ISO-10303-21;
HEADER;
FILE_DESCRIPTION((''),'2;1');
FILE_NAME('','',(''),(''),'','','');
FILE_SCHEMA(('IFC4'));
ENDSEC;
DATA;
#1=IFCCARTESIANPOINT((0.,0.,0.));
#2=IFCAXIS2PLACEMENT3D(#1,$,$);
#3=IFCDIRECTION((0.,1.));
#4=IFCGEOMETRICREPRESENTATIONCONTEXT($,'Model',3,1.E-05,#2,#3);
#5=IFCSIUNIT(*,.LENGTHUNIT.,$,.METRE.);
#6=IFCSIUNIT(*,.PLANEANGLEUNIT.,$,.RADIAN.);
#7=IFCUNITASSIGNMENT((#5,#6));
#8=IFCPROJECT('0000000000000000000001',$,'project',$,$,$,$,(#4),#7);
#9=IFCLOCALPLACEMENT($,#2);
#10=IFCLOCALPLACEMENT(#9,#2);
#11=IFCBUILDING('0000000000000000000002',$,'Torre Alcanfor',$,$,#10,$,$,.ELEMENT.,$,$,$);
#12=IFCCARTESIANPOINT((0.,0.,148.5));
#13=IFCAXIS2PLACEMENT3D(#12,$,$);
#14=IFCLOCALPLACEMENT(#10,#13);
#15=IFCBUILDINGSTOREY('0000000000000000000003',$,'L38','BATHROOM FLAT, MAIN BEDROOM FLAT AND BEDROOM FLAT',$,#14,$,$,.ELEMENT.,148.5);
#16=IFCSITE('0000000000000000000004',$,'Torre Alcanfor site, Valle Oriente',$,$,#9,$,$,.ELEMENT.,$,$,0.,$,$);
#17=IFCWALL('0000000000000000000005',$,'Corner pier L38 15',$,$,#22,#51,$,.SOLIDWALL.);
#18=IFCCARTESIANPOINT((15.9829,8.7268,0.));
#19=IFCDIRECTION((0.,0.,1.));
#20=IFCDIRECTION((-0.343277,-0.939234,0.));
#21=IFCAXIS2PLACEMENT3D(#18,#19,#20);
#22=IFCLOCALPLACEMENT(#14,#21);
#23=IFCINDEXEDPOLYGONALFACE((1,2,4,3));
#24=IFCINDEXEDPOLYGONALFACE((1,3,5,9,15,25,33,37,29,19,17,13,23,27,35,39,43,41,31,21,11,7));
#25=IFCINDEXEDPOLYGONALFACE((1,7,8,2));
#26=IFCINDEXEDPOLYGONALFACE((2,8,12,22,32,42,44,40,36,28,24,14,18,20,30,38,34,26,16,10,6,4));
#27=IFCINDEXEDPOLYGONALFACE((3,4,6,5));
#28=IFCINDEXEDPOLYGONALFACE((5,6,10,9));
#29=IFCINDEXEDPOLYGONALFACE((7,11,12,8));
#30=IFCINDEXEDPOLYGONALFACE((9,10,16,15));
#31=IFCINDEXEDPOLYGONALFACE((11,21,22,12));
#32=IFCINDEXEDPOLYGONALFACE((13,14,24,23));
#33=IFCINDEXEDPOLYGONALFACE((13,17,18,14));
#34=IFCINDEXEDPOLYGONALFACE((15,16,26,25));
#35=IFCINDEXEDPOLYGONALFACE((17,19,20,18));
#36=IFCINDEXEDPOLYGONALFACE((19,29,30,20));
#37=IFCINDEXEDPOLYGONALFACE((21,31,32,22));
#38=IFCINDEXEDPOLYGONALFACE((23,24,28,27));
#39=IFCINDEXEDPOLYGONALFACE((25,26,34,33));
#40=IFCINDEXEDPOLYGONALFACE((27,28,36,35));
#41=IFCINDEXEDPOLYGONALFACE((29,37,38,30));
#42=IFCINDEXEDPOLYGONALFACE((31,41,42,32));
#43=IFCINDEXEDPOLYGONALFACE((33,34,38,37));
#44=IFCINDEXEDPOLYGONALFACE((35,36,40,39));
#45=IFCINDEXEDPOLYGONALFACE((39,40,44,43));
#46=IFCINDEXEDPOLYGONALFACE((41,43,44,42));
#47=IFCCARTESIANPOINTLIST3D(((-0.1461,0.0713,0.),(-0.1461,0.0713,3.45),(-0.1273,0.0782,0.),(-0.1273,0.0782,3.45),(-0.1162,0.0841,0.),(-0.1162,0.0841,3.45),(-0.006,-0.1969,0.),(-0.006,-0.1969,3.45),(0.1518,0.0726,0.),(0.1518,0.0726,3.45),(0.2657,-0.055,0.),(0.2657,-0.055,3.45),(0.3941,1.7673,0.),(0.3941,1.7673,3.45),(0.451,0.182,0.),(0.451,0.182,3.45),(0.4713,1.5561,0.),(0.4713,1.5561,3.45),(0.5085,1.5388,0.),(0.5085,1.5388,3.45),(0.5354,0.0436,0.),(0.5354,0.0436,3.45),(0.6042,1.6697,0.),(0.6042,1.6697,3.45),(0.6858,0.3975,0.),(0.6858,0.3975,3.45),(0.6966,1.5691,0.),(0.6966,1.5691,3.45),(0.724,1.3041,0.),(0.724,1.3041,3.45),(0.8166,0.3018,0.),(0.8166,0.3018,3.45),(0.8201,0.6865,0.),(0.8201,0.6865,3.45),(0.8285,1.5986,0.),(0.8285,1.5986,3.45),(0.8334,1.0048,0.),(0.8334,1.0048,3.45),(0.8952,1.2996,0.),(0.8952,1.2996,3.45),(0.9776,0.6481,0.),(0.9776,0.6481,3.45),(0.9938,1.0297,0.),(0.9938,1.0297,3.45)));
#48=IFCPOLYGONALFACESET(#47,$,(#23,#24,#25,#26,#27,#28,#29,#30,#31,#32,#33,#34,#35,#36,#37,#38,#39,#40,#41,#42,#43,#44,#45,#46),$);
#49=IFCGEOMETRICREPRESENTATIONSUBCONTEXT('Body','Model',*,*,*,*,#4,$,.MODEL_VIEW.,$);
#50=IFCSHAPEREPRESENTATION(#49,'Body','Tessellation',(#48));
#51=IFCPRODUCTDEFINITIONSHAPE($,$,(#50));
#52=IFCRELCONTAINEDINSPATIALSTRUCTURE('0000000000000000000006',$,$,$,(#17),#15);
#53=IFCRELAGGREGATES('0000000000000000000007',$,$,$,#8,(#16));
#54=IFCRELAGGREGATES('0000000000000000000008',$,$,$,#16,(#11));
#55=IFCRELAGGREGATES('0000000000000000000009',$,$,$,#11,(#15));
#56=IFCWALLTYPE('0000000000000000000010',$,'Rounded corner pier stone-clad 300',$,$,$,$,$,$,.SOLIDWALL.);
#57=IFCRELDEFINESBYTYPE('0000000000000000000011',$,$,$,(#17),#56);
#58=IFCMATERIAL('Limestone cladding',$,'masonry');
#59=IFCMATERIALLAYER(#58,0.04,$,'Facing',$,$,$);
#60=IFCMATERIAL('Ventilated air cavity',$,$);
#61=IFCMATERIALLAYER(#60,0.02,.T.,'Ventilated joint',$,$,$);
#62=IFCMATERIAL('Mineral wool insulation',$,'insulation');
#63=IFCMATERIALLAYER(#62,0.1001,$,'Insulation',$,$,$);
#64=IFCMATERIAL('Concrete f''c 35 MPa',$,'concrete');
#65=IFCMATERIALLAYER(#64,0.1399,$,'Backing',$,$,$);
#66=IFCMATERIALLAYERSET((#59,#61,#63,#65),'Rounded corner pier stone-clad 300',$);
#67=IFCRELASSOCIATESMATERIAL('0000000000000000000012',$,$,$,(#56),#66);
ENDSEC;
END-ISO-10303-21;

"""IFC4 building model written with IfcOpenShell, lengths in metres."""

from ifc_helpers import new_model, si_unit, direction, frame, origin, place, context, subcontext, project, spatial, polyline, outline, extrude, material, layer, layer_set, type_object, element, save


model = new_model("IFC4")

# Units and contexts
model_context = context("Model", 3, precision=1e-05, world=origin(), true_north=direction((0.0, 1.0)))
body_context = subcontext(model_context, "Body", "Model", "MODEL_VIEW")
ifc_project = project(units=[si_unit("LENGTHUNIT", "METRE"), si_unit("PLANEANGLEUNIT", "RADIAN")], contexts=[model_context])

# Site, building, storey
site_placement = place(None, origin())
site = spatial("IfcSite", under=ifc_project, at=site_placement, Name="Torre Alcanfor site, Valle Oriente", CompositionType="ELEMENT", RefElevation=0.0)
building_placement = place(site_placement, origin())
building = spatial("IfcBuilding", under=site, at=building_placement, Name="Torre Alcanfor", CompositionType="ELEMENT")
storey_placement = place(building_placement, frame((0.0, 0.0, 148.5)))
storey = spatial("IfcBuildingStorey", under=building, at=storey_placement, Name="L38", Description="BATHROOM FLAT, MAIN BEDROOM FLAT AND BEDROOM FLAT", CompositionType="ELEMENT", Elevation=148.5)

# Wall
ifc_material_1 = material(Name="Limestone cladding", Category="masonry")
ifc_layer_1 = layer(ifc_material_1, 0.04, Name="Facing")
ifc_material_2 = material(Name="Ventilated air cavity")
ifc_layer_2 = layer(ifc_material_2, 0.02, ventilated=True, Name="Ventilated joint")
ifc_material_3 = material(Name="Mineral wool insulation", Category="insulation")
ifc_layer_3 = layer(ifc_material_3, 0.1001, Name="Insulation")
ifc_material_4 = material(Name="Concrete f'c 35 MPa", Category="concrete")
ifc_layer_4 = layer(ifc_material_4, 0.1399, Name="Backing")
ifc_layer_set_1 = layer_set([ifc_layer_1, ifc_layer_2, ifc_layer_3, ifc_layer_4], Name="Rounded corner pier stone-clad 300")
wall_type_1 = type_object("IfcWallType", Name="Rounded corner pier stone-clad 300", PredefinedType="SOLIDWALL", material=ifc_layer_set_1)
wall_1_placement = place(storey_placement, frame((15.9829, 8.7268, 0.0), z_axis=(0.0, 0.0, 1.0), x_axis=(-0.343277, -0.939234, 0.0)))
element("IfcWall", 1, at=wall_1_placement, inside=storey, type_object=wall_type_1, Name="Corner pier L38 15", PredefinedType="SOLIDWALL", context=body_context, shape_type="SweptSolid", body=[
    extrude(outline(polyline([(0.8285, 1.5986), (0.6966, 1.5691), (0.6042, 1.6697), (0.3941, 1.7673), (0.4713, 1.5561), (0.5085, 1.5388), (0.724, 1.3041), (0.8334, 1.0048), (0.8201, 0.6865), (0.6858, 0.3975), (0.451, 0.182), (0.1518, 0.0726), (-0.1162, 0.0841), (-0.1273, 0.0782), (-0.1461, 0.0713), (-0.006, -0.1969), (0.2657, -0.055), (0.5354, 0.0436), (0.8166, 0.3018), (0.9776, 0.6481), (0.9938, 1.0297), (0.8952, 1.2996), (0.8285, 1.5986)])), origin(), (0.0, 0.0, 1.0), 3.45),
])

save(model, "model.ifc")
